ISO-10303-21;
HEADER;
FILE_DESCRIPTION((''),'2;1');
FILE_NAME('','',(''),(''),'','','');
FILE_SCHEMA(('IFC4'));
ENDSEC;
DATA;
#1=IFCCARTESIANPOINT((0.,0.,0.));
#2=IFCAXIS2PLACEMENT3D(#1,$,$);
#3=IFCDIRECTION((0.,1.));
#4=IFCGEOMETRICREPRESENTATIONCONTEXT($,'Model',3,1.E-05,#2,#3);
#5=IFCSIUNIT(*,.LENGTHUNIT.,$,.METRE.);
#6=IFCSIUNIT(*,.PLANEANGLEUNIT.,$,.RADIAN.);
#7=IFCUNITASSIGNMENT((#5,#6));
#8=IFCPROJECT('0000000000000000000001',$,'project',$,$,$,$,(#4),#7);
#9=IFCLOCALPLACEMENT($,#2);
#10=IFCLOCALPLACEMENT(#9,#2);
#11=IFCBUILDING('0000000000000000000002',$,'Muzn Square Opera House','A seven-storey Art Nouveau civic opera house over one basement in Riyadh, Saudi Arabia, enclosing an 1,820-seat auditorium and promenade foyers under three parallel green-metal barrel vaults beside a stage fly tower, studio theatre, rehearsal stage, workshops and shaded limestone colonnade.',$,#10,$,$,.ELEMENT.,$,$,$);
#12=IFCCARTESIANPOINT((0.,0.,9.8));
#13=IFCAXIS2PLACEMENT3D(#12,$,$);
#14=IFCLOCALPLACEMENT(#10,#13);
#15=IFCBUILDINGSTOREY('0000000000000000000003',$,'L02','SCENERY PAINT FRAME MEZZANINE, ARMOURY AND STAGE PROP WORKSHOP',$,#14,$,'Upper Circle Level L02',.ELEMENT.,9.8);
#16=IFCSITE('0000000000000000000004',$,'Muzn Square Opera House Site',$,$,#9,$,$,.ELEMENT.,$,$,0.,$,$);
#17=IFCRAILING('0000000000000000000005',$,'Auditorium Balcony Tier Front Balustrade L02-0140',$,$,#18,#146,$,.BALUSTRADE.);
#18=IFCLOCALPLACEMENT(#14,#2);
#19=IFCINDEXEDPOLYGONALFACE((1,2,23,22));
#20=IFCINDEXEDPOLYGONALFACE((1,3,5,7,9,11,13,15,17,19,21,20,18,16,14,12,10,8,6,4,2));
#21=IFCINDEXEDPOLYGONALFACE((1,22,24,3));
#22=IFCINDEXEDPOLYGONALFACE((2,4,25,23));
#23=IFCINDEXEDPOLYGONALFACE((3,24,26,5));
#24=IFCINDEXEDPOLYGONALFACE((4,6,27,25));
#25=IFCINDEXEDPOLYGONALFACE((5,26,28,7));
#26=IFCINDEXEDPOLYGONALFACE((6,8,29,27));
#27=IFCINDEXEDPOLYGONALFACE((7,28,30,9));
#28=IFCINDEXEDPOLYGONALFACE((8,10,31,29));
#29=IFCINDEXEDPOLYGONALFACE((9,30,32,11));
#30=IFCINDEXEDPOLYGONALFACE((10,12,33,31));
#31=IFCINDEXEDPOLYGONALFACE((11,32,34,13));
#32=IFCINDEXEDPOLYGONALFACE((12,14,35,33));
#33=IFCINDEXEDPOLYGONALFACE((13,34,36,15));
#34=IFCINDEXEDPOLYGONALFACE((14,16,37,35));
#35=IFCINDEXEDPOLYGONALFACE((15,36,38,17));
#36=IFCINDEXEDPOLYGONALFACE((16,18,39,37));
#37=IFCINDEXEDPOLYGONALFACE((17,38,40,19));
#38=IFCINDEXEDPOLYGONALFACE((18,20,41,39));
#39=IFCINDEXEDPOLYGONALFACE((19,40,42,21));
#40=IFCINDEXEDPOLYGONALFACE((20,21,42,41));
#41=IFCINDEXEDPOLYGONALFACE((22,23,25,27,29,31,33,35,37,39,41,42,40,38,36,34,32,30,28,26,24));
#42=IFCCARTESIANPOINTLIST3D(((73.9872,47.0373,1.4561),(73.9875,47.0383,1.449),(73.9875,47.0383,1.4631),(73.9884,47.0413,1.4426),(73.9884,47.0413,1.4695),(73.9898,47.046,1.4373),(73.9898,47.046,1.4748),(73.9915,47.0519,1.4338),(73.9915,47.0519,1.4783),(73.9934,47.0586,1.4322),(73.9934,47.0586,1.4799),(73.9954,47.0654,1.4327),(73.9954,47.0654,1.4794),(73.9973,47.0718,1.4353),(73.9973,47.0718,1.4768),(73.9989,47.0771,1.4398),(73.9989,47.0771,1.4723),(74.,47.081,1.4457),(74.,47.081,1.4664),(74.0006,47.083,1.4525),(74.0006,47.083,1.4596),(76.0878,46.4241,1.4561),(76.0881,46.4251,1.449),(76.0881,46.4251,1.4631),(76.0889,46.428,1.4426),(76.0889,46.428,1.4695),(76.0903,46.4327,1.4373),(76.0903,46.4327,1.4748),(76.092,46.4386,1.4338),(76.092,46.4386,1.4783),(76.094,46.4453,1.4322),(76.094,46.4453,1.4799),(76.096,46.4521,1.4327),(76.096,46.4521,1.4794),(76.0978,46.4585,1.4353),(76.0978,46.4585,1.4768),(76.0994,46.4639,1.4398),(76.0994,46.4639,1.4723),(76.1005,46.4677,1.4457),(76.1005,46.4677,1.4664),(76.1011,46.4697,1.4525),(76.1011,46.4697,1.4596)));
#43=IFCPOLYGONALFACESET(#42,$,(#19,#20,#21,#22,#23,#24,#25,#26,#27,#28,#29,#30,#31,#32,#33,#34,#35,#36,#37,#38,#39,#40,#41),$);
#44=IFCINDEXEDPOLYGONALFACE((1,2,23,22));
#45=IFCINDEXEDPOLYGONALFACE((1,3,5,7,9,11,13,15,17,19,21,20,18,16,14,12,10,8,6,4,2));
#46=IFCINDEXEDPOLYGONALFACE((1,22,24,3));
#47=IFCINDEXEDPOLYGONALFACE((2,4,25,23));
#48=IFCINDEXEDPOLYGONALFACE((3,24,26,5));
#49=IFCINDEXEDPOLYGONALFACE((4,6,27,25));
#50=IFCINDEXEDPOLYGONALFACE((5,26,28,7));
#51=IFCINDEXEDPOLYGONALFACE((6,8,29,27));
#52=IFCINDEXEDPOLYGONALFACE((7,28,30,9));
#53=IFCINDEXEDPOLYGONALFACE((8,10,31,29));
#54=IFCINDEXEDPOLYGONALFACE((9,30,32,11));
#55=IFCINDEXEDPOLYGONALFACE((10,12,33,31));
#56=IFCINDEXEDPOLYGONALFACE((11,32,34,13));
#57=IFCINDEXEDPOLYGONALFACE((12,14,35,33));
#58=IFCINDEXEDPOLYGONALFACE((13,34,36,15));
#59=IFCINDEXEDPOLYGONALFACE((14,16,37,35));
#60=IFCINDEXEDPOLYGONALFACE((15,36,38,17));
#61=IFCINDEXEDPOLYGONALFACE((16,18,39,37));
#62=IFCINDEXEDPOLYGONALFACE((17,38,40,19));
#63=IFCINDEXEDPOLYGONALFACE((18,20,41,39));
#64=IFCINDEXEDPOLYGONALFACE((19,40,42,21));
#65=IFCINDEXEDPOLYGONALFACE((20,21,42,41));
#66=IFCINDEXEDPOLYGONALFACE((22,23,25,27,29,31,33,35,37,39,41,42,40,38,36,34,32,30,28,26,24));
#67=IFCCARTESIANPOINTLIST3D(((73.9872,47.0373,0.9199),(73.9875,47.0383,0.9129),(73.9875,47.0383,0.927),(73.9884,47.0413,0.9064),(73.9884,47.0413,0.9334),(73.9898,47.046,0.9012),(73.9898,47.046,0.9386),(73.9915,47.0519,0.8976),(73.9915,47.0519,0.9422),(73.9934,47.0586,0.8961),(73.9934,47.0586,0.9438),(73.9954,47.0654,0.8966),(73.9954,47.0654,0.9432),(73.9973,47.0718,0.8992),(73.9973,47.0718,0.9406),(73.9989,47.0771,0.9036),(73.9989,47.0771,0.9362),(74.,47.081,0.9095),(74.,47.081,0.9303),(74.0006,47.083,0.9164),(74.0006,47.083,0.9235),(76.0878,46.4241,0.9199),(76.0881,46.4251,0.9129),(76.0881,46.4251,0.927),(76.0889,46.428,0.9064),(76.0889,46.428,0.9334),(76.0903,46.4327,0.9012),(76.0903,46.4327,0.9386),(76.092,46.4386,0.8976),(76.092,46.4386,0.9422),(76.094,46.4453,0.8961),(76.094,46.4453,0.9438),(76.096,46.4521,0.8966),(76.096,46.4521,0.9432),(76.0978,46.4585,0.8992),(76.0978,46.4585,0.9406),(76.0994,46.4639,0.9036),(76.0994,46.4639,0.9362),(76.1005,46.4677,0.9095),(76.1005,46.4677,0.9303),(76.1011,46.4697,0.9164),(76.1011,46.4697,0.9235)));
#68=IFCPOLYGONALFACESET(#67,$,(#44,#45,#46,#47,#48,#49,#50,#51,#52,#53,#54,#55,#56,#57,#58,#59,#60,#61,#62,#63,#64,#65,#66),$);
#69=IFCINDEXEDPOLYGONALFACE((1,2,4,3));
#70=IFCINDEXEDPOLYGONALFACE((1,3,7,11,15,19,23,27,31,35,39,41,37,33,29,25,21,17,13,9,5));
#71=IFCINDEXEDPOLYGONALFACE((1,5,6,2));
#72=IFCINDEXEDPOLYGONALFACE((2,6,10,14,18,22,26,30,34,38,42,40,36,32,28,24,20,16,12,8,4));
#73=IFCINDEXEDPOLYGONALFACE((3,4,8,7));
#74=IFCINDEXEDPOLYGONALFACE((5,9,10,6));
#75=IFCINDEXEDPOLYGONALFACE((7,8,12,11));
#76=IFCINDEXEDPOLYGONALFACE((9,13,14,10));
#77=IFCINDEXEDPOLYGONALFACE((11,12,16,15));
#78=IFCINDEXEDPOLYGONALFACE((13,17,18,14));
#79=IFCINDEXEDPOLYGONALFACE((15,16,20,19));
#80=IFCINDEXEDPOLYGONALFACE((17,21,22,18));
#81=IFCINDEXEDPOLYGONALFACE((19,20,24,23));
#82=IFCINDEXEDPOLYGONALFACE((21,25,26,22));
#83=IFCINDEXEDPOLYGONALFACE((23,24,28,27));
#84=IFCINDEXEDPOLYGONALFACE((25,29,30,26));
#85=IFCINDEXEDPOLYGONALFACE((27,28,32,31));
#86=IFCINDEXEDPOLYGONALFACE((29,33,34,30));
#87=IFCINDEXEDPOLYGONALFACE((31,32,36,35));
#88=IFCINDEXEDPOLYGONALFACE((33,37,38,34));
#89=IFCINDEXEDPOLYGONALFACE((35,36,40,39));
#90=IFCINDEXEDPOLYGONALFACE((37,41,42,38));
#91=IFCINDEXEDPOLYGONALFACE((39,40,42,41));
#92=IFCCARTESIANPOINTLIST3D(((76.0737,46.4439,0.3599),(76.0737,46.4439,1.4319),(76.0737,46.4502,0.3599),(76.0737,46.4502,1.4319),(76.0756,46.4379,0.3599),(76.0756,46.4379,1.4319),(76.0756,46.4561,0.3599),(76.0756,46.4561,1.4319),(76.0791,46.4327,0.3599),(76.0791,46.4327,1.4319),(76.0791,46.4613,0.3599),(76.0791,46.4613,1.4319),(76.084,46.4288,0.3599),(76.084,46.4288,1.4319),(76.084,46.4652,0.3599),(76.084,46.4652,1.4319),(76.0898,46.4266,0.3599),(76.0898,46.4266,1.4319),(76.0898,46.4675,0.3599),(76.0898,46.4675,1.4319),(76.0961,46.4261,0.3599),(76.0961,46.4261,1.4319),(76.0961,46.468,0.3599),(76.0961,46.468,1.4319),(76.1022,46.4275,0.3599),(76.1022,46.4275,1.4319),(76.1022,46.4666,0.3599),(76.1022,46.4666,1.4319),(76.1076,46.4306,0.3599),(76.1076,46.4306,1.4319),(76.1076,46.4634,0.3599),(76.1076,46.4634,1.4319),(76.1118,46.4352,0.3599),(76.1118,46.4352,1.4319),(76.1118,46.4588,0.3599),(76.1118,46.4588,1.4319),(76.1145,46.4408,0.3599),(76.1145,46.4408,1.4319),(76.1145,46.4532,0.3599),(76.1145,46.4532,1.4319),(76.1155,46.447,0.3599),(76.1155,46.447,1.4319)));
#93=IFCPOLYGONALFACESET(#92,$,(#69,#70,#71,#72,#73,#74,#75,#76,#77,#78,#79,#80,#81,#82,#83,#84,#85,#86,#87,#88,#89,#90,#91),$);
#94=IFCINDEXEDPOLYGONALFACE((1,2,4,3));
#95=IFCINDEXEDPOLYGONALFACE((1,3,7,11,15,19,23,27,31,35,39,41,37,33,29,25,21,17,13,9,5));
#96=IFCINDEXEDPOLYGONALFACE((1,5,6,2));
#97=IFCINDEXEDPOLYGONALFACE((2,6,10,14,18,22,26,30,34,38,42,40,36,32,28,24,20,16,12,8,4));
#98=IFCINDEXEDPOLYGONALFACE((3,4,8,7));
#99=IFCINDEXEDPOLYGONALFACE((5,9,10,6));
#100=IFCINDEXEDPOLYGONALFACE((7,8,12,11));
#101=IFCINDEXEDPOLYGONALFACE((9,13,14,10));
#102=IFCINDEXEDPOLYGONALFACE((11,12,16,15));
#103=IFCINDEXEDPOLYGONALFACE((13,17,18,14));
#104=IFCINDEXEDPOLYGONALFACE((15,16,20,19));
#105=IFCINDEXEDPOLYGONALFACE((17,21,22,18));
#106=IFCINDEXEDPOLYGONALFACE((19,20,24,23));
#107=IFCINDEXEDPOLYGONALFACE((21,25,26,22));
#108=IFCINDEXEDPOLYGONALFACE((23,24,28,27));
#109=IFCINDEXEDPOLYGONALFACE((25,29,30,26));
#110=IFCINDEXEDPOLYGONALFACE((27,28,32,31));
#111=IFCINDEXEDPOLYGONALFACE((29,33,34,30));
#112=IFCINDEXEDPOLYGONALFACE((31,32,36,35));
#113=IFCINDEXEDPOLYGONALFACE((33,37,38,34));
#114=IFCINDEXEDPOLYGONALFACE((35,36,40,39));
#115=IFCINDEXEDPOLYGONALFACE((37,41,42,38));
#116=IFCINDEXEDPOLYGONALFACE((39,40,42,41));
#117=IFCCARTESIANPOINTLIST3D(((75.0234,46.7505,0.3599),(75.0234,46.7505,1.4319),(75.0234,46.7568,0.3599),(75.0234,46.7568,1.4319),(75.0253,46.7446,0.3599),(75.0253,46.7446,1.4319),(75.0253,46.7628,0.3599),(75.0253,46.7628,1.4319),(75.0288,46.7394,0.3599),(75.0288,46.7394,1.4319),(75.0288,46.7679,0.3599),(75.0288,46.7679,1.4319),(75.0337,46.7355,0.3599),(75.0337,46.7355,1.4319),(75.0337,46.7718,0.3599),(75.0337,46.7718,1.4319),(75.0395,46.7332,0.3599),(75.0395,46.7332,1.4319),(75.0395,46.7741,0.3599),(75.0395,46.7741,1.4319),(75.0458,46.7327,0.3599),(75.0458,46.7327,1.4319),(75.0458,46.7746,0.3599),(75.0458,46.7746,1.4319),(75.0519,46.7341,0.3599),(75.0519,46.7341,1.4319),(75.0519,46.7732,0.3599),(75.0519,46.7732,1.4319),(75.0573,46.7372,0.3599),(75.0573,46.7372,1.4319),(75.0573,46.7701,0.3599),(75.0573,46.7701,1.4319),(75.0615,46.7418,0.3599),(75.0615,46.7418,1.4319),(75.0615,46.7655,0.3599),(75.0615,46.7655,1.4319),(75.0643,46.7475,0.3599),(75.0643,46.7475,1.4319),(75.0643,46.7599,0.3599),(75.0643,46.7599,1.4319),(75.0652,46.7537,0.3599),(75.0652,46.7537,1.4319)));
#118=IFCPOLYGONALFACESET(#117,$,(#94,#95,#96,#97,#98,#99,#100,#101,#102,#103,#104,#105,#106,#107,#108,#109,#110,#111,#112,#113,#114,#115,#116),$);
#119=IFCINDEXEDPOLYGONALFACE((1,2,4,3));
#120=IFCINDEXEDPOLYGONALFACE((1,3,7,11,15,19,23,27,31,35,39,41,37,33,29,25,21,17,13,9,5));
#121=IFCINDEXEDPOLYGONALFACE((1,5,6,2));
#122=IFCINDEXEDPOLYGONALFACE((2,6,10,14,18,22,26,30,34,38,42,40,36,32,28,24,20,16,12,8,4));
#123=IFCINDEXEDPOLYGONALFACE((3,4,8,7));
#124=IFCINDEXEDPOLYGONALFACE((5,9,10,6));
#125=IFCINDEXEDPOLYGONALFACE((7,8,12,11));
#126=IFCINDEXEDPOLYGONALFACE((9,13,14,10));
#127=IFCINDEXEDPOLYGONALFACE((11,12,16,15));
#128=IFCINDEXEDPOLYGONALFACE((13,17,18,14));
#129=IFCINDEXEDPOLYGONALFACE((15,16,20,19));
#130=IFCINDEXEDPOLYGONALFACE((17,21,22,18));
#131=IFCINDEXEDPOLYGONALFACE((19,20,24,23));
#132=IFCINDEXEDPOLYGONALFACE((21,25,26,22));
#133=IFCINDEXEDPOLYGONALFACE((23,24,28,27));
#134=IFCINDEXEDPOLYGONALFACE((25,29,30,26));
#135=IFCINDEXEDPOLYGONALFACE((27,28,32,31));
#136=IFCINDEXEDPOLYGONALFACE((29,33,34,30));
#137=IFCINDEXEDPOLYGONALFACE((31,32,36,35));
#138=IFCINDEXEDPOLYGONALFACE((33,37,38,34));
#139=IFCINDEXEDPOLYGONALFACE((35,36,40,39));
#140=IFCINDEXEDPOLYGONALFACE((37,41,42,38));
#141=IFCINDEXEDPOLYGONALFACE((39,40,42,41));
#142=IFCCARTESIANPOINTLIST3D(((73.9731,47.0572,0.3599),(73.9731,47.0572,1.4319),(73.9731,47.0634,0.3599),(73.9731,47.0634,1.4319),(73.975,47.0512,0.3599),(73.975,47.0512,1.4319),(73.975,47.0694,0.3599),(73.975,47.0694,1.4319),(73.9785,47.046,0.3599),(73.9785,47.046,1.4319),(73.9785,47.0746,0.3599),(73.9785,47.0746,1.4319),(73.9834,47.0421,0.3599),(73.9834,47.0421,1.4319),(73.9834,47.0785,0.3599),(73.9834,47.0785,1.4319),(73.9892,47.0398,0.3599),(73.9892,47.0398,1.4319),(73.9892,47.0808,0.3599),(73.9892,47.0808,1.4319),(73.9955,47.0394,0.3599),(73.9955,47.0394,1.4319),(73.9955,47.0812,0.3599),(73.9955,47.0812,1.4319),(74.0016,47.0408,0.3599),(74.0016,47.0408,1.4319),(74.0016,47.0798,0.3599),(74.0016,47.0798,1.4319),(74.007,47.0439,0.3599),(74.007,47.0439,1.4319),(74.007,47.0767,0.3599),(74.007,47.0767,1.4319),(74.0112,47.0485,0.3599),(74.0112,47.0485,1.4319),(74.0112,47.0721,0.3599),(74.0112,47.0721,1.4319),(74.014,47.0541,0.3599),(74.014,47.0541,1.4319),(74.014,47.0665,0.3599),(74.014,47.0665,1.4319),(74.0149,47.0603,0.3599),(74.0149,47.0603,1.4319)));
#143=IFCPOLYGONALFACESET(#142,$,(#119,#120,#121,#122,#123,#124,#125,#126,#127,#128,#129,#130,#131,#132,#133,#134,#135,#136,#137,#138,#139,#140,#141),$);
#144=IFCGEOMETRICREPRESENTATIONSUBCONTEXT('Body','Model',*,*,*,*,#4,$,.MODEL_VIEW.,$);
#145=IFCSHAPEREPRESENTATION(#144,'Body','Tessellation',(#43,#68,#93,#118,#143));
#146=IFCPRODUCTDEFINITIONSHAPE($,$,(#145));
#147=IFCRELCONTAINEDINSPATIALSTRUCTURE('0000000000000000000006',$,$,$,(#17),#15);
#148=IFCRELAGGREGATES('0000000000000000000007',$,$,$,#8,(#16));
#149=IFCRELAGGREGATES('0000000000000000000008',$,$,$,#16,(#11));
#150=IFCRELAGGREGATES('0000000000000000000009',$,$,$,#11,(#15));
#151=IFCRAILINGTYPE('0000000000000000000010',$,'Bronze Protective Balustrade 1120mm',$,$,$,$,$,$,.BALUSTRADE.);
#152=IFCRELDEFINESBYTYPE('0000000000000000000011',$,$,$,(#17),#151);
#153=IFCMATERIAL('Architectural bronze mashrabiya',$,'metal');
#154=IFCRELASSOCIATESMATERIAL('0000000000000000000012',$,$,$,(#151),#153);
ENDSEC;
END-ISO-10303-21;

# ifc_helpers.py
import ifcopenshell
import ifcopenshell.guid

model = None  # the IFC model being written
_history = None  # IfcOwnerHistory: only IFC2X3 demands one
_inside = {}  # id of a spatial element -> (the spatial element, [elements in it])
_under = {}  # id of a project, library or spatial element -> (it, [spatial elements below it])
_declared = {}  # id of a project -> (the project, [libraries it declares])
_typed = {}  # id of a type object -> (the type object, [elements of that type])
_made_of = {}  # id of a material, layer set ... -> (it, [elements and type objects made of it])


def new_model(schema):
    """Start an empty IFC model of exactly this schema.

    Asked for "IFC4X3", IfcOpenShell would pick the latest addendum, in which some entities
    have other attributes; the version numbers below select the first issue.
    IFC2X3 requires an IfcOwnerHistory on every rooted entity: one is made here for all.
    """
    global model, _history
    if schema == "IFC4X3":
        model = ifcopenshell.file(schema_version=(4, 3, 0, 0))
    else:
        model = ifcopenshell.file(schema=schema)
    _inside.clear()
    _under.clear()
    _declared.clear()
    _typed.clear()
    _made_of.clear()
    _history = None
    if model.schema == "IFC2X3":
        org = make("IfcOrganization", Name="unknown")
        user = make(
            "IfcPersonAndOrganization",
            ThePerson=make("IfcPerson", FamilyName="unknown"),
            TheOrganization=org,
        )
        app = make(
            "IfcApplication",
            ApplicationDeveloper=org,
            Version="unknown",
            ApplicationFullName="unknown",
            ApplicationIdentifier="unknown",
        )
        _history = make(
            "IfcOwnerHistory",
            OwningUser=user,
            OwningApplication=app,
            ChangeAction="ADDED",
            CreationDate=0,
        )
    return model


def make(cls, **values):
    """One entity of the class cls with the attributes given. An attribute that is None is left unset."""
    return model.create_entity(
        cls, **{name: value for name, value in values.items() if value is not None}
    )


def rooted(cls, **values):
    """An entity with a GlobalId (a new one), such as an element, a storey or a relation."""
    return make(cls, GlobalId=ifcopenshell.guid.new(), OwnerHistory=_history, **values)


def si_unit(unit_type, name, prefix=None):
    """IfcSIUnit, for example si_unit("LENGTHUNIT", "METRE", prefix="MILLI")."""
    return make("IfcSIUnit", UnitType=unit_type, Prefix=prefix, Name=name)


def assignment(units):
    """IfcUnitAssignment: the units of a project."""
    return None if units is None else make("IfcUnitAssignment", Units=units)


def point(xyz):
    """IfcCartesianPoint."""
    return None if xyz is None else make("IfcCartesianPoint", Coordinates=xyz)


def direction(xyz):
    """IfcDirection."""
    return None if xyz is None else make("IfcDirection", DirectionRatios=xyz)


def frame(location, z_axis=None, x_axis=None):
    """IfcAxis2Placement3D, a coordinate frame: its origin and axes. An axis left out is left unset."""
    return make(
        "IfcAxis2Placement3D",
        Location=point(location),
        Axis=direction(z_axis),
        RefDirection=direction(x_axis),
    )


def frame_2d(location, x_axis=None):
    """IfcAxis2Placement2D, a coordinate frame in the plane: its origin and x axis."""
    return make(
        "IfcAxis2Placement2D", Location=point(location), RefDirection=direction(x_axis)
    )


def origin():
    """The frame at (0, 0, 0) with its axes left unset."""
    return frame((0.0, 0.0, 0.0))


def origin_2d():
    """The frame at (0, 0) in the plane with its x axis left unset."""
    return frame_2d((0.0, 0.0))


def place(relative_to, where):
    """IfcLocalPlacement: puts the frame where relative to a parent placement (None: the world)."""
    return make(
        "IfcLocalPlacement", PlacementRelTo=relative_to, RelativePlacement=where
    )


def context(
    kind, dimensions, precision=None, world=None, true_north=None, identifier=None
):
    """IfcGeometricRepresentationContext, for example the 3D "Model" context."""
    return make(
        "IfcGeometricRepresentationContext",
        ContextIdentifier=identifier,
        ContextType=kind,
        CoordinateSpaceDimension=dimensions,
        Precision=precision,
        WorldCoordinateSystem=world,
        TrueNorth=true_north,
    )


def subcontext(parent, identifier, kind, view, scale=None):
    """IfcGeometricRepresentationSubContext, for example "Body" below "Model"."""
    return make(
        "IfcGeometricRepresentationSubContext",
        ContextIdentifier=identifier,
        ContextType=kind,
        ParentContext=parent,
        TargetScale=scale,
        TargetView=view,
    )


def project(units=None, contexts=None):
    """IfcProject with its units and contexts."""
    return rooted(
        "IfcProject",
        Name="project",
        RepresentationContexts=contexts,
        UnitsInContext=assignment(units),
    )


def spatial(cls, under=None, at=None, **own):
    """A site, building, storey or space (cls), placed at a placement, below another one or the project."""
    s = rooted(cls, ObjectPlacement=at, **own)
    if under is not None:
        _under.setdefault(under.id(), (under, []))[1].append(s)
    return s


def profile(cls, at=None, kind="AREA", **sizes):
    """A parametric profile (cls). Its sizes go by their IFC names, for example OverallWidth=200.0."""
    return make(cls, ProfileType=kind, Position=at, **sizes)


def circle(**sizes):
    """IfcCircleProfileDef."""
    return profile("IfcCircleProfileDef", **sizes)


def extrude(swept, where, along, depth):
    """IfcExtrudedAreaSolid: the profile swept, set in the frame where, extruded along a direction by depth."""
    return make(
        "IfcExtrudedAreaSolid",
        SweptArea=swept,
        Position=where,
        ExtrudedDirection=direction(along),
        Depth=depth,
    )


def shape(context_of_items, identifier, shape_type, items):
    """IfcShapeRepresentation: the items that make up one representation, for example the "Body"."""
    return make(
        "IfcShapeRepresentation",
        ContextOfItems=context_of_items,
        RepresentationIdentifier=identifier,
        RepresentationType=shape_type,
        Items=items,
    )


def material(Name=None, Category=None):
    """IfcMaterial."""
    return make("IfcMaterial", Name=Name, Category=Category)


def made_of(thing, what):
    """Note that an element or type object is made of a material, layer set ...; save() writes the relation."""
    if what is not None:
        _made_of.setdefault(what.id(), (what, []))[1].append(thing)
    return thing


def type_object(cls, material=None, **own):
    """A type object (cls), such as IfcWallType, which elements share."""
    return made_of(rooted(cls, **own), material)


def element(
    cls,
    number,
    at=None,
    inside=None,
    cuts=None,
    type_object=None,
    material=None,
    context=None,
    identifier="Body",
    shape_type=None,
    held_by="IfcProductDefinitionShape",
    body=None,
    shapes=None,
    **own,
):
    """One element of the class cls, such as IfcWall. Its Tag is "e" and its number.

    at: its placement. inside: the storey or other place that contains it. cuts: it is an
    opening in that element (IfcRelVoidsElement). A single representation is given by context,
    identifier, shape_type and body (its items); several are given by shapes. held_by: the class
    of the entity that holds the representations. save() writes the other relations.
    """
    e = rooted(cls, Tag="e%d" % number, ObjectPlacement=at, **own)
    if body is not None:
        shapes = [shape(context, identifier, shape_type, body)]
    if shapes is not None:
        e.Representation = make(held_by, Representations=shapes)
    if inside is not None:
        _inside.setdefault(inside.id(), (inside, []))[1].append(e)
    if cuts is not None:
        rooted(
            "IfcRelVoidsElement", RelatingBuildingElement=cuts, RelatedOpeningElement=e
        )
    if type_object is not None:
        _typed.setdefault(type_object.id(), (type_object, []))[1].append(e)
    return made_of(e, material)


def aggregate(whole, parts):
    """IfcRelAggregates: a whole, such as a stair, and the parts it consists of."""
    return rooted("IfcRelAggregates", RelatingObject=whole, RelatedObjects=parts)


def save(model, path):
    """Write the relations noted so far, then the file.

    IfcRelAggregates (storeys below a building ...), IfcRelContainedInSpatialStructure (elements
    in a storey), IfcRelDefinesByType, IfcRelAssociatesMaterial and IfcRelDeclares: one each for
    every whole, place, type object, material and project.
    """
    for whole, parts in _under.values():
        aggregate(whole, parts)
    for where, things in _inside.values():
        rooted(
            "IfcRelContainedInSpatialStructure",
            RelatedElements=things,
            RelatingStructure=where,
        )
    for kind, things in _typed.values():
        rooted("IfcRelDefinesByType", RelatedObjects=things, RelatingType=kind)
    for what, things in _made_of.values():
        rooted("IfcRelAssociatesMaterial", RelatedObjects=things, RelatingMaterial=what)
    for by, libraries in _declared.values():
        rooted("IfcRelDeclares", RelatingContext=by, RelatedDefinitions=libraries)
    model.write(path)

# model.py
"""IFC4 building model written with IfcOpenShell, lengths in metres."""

from ifc_helpers import new_model, si_unit, direction, frame, origin, origin_2d, place, context, subcontext, project, spatial, circle, extrude, material, type_object, element, save


model = new_model("IFC4")

# Units and contexts
model_context = context("Model", 3, precision=1e-05, world=origin(), true_north=direction((0.0, 1.0)))
body_context = subcontext(model_context, "Body", "Model", "MODEL_VIEW")
ifc_project = project(units=[si_unit("LENGTHUNIT", "METRE"), si_unit("PLANEANGLEUNIT", "RADIAN")], contexts=[model_context])

# Site, building, storey
site_placement = place(None, origin())
site = spatial("IfcSite", under=ifc_project, at=site_placement, Name="Muzn Square Opera House Site", CompositionType="ELEMENT", RefElevation=0.0)
building_placement = place(site_placement, origin())
building = spatial("IfcBuilding", under=site, at=building_placement, Name="Muzn Square Opera House", Description="A seven-storey Art Nouveau civic opera house over one basement in Riyadh, Saudi Arabia, enclosing an 1,820-seat auditorium and promenade foyers under three parallel green-metal barrel vaults beside a stage fly tower, studio theatre, rehearsal stage, workshops and shaded limestone colonnade.", CompositionType="ELEMENT")
storey_placement = place(building_placement, frame((0.0, 0.0, 9.8)))
storey = spatial("IfcBuildingStorey", under=building, at=storey_placement, Name="L02", Description="SCENERY PAINT FRAME MEZZANINE, ARMOURY AND STAGE PROP WORKSHOP", LongName="Upper Circle Level L02", CompositionType="ELEMENT", Elevation=9.8)

# Railing
ifc_material_1 = material(Name="Architectural bronze mashrabiya", Category="metal")
railing_type = type_object("IfcRailingType", Name="Bronze Protective Balustrade 1120mm", PredefinedType="BALUSTRADE", material=ifc_material_1)
railing_1_placement = place(storey_placement, frame((76.0945, 46.447, 0.3599)))
element("IfcRailing", 1, at=railing_1_placement, inside=storey, type_object=railing_type, Name="Auditorium Balcony Tier Front Balustrade L02-0140", PredefinedType="BALUSTRADE", context=body_context, shape_type="SweptSolid", body=[
    extrude(circle(Radius=0.0239, at=origin_2d()), frame((0.0, 0.0, 1.0962), z_axis=(-0.959925, 0.280257, 0.0), x_axis=(-0.280257, -0.959925, 0.0)), (0.0, 0.0, 1.0), 2.1882),
    extrude(circle(Radius=0.0239, at=origin_2d()), frame((0.0, 0.0, 0.5601), z_axis=(-0.959925, 0.280257, 0.0), x_axis=(-0.280257, -0.959925, 0.0)), (0.0, 0.0, 1.0), 2.1882),
    extrude(circle(Radius=0.021, at=origin_2d()), origin(), (0.0, 0.0, 1.0), 1.072),
    extrude(circle(Radius=0.021, at=origin_2d()), frame((-1.0503, 0.3066, 0.0)), (0.0, 0.0, 1.0), 1.072),
    extrude(circle(Radius=0.021, at=origin_2d()), frame((-2.1006, 0.6133, 0.0)), (0.0, 0.0, 1.0), 1.072),
])

save(model, "model.ifc")
